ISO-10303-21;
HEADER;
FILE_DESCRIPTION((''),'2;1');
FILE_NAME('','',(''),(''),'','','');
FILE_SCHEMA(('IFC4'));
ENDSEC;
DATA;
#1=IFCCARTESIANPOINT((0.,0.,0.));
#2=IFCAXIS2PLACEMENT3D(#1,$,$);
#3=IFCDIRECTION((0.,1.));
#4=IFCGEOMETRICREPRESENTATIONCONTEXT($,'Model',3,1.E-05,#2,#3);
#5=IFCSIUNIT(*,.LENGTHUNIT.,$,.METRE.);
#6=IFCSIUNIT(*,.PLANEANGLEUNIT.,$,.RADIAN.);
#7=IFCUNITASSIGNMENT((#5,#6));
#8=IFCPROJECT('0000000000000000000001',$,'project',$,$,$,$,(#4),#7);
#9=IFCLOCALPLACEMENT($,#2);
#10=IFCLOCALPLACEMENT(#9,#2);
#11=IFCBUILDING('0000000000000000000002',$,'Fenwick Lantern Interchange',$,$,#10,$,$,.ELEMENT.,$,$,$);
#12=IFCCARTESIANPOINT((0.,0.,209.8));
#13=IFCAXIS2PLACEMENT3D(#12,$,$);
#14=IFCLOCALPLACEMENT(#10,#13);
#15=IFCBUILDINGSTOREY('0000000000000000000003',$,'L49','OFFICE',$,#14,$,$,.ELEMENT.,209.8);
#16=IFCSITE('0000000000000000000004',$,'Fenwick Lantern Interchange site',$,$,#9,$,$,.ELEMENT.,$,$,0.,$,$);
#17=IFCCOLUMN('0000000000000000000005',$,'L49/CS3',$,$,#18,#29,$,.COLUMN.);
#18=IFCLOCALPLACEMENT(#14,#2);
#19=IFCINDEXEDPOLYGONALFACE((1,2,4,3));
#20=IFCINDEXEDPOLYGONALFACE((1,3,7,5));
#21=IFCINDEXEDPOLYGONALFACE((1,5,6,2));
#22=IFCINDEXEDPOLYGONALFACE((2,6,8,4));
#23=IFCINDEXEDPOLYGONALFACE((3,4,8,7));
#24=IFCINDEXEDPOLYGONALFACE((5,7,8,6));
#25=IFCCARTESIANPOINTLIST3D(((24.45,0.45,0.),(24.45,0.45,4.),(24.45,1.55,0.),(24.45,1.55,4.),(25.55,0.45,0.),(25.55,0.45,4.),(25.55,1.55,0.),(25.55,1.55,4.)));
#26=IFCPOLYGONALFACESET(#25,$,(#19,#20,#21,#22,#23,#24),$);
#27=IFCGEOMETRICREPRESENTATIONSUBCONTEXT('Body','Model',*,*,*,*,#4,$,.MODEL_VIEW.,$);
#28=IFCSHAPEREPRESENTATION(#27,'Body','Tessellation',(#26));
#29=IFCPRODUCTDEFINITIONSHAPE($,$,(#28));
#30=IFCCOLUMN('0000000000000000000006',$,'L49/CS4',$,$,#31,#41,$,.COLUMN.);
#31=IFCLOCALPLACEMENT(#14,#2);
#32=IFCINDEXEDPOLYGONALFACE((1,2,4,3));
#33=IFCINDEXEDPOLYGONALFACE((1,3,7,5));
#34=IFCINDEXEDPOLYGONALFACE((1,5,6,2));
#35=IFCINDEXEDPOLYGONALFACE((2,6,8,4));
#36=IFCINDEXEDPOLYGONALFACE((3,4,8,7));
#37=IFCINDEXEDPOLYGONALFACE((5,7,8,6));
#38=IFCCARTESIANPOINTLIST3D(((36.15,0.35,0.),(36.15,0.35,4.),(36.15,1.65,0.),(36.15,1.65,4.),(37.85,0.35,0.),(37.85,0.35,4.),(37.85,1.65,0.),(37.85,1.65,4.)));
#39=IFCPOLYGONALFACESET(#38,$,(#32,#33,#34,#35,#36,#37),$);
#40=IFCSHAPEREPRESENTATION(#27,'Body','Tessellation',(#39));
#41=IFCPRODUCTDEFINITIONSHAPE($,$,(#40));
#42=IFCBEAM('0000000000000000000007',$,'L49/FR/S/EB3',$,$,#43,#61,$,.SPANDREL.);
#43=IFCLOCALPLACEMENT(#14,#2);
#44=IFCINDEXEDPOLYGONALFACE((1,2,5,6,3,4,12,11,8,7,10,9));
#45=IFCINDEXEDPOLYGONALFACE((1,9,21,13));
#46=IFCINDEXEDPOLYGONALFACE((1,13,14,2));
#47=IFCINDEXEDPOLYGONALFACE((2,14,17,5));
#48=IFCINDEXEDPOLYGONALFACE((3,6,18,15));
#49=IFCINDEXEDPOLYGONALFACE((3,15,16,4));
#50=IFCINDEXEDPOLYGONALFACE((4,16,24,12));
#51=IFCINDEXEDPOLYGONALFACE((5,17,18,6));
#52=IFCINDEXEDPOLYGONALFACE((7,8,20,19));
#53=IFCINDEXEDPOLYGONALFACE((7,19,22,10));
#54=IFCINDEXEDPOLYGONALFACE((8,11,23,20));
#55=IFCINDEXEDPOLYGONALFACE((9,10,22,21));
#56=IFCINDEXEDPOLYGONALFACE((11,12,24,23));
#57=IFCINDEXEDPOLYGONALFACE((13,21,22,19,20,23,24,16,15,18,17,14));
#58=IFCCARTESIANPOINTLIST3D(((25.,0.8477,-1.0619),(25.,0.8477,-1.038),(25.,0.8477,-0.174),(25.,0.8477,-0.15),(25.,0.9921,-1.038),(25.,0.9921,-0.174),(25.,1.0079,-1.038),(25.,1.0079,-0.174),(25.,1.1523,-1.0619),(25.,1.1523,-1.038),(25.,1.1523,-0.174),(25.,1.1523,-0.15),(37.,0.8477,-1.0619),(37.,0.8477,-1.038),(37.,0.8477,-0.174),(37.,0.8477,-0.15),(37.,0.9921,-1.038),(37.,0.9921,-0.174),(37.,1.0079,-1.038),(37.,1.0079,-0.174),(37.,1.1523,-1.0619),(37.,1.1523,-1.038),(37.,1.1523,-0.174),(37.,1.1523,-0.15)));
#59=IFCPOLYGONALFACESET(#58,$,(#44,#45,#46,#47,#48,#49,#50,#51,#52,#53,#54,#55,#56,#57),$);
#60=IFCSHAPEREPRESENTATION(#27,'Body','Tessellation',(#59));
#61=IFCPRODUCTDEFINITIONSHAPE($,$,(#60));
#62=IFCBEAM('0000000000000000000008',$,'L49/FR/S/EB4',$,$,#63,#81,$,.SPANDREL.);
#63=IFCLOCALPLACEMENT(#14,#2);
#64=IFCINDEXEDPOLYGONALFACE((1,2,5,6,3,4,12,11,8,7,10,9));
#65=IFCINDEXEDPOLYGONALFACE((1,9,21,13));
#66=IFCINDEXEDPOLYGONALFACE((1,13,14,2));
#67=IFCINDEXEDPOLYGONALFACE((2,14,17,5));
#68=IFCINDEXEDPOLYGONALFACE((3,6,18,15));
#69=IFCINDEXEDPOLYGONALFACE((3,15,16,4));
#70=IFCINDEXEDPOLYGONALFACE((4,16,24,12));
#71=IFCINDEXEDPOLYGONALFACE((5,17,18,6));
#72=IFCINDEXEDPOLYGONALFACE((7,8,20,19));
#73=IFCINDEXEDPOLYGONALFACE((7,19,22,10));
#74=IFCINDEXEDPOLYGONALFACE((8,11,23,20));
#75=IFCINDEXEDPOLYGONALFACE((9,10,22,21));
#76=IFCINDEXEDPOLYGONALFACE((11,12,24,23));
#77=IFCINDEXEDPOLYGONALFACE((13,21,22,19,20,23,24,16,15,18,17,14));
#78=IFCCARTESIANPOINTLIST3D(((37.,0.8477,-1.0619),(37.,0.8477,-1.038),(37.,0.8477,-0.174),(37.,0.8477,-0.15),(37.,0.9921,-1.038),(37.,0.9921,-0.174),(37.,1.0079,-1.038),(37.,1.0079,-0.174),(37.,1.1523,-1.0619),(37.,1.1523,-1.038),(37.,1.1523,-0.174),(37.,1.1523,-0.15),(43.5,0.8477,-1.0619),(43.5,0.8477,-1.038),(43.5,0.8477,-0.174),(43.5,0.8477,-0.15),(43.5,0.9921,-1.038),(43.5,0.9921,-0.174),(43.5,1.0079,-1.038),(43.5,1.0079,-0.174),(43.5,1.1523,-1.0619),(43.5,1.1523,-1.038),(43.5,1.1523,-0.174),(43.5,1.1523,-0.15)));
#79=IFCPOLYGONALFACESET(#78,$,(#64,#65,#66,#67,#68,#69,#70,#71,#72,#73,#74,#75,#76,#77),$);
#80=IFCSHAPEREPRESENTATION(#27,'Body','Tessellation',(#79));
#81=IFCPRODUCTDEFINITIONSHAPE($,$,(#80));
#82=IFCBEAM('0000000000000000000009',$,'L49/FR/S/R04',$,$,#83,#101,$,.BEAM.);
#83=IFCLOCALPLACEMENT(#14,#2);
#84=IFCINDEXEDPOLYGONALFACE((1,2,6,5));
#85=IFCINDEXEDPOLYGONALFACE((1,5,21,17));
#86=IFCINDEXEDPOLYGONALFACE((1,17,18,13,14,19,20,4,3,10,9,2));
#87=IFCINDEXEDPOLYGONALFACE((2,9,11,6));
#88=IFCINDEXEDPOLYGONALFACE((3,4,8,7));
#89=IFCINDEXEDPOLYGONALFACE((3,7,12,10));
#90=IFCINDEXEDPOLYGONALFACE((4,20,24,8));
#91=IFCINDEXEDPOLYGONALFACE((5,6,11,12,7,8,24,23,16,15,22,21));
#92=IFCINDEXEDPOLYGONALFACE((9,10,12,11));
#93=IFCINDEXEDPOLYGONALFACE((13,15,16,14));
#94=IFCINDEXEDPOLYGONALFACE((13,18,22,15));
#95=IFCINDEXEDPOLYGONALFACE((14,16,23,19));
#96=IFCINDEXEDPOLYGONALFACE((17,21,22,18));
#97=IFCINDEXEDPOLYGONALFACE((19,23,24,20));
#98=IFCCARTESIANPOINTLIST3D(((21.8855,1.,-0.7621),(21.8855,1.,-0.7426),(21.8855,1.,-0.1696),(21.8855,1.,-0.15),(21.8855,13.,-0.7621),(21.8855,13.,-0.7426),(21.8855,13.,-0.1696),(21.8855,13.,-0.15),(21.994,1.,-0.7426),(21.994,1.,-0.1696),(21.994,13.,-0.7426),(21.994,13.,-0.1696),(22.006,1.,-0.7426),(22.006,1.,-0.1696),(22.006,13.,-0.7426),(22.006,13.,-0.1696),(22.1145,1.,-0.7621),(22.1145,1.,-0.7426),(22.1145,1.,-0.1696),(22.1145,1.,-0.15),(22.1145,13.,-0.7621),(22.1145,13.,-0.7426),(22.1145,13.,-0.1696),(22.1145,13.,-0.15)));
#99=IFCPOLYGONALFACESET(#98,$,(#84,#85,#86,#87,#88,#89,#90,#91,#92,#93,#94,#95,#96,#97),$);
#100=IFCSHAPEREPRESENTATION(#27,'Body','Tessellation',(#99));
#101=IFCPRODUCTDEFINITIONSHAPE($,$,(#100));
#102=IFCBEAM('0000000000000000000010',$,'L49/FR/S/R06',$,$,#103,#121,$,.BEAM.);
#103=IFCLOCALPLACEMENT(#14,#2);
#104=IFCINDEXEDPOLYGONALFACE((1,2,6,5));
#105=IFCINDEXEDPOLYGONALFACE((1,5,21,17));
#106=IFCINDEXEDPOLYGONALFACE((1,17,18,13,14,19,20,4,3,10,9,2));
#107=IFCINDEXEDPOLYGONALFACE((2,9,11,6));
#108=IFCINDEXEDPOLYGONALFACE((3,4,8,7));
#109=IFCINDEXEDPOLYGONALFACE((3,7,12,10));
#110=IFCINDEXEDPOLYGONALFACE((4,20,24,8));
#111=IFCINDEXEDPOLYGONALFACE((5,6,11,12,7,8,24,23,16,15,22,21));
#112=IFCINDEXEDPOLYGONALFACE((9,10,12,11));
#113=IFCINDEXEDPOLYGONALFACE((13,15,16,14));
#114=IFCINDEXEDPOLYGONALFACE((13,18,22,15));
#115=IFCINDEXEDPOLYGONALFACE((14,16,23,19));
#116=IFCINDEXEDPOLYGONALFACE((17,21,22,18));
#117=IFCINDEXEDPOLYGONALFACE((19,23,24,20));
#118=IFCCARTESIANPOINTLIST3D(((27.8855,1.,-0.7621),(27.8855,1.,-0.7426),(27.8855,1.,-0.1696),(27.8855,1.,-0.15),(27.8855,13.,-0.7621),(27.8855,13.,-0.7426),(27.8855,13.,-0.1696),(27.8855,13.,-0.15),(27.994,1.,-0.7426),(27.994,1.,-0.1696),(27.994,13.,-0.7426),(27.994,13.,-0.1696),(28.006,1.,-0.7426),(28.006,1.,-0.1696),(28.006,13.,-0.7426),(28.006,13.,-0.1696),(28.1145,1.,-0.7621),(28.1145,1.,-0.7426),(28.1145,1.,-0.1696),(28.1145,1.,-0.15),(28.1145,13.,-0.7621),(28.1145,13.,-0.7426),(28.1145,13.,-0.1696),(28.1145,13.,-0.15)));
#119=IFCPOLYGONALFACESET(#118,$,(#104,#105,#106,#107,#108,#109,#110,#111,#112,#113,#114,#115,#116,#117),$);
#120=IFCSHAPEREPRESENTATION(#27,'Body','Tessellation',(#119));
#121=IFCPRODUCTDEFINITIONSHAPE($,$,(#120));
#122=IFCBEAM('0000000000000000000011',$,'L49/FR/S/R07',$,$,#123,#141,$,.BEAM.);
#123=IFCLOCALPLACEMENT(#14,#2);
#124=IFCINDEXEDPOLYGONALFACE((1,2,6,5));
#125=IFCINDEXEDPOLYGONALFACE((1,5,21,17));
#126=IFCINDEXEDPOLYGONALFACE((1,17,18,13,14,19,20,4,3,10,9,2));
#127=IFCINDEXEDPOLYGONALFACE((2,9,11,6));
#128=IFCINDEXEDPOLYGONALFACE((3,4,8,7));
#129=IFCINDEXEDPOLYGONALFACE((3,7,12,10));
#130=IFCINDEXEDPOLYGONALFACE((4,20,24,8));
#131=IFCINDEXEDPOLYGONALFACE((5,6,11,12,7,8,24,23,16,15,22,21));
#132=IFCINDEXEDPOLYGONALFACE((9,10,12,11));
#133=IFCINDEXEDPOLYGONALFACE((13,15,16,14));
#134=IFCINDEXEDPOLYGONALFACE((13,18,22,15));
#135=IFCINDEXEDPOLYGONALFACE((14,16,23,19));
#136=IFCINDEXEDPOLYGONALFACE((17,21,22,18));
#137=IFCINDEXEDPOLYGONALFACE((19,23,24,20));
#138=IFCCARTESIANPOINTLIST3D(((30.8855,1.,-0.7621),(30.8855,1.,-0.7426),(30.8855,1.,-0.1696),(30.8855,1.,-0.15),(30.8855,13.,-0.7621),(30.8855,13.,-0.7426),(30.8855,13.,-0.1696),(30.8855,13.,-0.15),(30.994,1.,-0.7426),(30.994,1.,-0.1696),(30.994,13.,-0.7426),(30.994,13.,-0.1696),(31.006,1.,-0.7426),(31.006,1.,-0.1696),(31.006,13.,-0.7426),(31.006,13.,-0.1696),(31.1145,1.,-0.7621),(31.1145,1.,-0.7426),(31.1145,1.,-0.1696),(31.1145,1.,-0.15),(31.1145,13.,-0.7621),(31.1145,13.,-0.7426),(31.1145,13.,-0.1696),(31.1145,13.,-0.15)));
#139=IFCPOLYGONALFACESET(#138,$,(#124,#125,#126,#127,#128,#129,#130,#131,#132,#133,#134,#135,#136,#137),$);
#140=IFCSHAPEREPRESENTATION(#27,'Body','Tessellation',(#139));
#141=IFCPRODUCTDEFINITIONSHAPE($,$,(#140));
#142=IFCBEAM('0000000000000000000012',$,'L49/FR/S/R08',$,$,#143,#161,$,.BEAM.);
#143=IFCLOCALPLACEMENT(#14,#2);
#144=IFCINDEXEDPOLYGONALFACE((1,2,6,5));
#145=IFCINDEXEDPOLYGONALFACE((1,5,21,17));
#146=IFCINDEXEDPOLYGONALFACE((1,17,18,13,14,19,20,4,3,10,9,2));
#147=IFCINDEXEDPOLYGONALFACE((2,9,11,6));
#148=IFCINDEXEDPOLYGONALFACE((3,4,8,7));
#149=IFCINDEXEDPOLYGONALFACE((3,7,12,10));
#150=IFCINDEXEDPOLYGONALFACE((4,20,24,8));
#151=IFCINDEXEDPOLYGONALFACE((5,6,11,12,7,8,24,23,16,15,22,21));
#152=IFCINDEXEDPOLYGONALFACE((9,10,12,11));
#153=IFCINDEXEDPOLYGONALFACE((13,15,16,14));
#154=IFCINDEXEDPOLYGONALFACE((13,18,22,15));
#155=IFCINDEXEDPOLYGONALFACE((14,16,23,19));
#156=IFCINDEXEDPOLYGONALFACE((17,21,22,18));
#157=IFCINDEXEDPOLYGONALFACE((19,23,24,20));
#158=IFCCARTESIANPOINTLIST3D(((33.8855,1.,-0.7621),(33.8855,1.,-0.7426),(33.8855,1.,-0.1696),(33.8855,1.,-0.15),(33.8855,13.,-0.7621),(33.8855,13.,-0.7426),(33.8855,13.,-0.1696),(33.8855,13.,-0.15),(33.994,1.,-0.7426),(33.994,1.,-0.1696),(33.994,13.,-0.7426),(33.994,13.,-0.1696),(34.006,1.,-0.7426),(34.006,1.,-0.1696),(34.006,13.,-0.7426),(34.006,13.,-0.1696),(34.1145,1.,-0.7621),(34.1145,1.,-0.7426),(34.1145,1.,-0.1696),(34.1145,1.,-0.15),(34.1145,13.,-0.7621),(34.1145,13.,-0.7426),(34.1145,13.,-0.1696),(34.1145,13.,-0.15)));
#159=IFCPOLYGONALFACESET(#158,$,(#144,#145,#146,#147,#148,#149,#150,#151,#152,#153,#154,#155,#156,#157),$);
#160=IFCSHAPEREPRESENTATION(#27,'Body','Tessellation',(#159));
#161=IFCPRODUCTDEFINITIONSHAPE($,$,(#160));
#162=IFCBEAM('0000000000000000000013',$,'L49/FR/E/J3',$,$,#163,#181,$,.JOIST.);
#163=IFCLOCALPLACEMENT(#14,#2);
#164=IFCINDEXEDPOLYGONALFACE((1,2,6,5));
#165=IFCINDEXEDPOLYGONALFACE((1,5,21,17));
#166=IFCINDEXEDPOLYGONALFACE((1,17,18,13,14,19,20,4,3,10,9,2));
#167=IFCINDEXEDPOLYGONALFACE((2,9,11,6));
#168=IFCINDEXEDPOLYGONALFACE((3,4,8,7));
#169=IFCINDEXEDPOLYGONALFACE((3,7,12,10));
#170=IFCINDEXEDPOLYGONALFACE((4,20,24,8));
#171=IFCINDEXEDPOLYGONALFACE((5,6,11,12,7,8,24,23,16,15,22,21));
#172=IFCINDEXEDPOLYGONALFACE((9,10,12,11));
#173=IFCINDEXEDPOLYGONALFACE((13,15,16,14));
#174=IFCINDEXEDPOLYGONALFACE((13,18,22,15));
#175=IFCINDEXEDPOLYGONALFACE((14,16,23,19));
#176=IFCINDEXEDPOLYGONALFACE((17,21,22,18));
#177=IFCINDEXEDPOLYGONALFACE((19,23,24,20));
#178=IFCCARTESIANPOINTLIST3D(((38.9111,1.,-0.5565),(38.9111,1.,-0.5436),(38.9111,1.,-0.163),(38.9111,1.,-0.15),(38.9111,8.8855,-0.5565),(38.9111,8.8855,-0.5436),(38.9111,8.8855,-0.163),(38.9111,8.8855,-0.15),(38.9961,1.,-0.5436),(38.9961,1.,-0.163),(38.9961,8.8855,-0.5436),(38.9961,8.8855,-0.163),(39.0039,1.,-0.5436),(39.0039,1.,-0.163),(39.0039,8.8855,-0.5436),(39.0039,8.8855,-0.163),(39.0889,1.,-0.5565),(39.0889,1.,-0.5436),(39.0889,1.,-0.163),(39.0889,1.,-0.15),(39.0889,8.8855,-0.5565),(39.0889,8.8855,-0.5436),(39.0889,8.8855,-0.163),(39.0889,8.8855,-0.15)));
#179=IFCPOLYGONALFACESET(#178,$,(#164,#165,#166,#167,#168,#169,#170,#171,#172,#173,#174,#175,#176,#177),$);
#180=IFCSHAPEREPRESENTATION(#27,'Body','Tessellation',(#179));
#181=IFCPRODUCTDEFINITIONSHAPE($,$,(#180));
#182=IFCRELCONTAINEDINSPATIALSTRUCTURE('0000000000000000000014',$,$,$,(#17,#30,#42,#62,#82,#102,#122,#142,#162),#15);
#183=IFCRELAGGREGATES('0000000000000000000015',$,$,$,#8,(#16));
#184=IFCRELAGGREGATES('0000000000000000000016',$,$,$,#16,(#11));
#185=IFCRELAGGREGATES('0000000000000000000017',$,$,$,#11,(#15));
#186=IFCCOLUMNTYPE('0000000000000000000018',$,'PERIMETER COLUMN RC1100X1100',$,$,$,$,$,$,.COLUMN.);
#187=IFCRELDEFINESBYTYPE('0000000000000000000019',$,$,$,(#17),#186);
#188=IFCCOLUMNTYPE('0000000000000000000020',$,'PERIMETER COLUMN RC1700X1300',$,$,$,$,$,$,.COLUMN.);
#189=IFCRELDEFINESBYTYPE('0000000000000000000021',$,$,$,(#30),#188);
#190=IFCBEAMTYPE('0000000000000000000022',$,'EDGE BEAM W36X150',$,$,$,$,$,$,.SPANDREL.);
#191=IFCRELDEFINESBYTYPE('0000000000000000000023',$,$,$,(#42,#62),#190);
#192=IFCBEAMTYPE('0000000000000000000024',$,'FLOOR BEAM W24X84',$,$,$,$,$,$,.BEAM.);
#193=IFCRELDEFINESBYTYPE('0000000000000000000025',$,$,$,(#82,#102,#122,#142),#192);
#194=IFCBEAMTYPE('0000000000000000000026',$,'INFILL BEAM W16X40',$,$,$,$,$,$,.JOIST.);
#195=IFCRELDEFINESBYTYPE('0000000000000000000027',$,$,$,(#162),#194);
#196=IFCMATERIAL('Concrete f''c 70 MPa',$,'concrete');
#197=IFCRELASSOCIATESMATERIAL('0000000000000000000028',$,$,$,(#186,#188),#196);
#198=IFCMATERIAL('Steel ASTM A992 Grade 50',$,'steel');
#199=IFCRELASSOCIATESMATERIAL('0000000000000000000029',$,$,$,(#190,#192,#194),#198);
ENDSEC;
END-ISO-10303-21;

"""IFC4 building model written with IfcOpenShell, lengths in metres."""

from ifc_helpers import new_model, si_unit, direction, frame, origin, origin_2d, place, context, subcontext, project, spatial, rectangle, i_section, extrude, material, material_profile, profile_set, type_object, element, save


model = new_model("IFC4")

# Units and contexts
model_context = context("Model", 3, precision=1e-05, world=origin(), true_north=direction((0.0, 1.0)))
body_context = subcontext(model_context, "Body", "Model", "MODEL_VIEW")
ifc_project = project(units=[si_unit("LENGTHUNIT", "METRE"), si_unit("PLANEANGLEUNIT", "RADIAN")], contexts=[model_context])

# Site, building, storey
site_placement = place(None, origin())
site = spatial("IfcSite", under=ifc_project, at=site_placement, Name="Fenwick Lantern Interchange site", CompositionType="ELEMENT", RefElevation=0.0)
building_placement = place(site_placement, origin())
building = spatial("IfcBuilding", under=site, at=building_placement, Name="Fenwick Lantern Interchange", CompositionType="ELEMENT")
storey_placement = place(building_placement, frame((0.0, 0.0, 209.8)))
storey = spatial("IfcBuildingStorey", under=building, at=storey_placement, Name="L49", Description="OFFICE", CompositionType="ELEMENT", Elevation=209.8)

# Columns
ifc_material_1 = material(Name="Concrete f'c 70 MPa", Category="concrete")
ifc_material_profile_1 = material_profile(ifc_material_1, rectangle(XDim=1.1001, YDim=1.1001, at=origin_2d()), Name="RC1100X1100")
ifc_profile_set_1 = profile_set([ifc_material_profile_1], Name="Concrete f'c 70 MPa")
column_type_1 = type_object("IfcColumnType", Name="PERIMETER COLUMN RC1100X1100", PredefinedType="COLUMN", material=ifc_profile_set_1)
column_1_placement = place(storey_placement, frame((25.0, 1.0, 0.0), z_axis=(0.0, 0.0, 1.0), x_axis=(1.0, 0.0, 0.0)))
element("IfcColumn", 1, at=column_1_placement, inside=storey, type_object=column_type_1, Name="L49/CS3", PredefinedType="COLUMN", context=body_context, shape_type="SweptSolid", body=[
    extrude(rectangle(XDim=1.1001, YDim=1.1001, at=origin_2d()), origin(), (0.0, 0.0, 1.0), 4.0),
])
ifc_material_profile_2 = material_profile(ifc_material_1, rectangle(XDim=1.7, YDim=1.3, at=origin_2d()), Name="RC1700X1300")
ifc_profile_set_2 = profile_set([ifc_material_profile_2], Name="Concrete f'c 70 MPa")
column_type_2 = type_object("IfcColumnType", Name="PERIMETER COLUMN RC1700X1300", PredefinedType="COLUMN", material=ifc_profile_set_2)
column_2_placement = place(storey_placement, frame((37.0, 1.0, 0.0), z_axis=(0.0, 0.0, 1.0), x_axis=(1.0, 0.0, 0.0)))
element("IfcColumn", 2, at=column_2_placement, inside=storey, type_object=column_type_2, Name="L49/CS4", PredefinedType="COLUMN", context=body_context, shape_type="SweptSolid", body=[
    extrude(rectangle(XDim=1.7, YDim=1.3, at=origin_2d()), origin(), (0.0, 0.0, 1.0), 4.0),
])

# Beams
ifc_material_2 = material(Name="Steel ASTM A992 Grade 50", Category="steel")
ifc_material_profile_3 = material_profile(ifc_material_2, i_section(OverallWidth=0.3047, OverallDepth=0.9119, WebThickness=0.0159, FlangeThickness=0.0239, at=origin_2d()), Name="W36X150")
ifc_profile_set_3 = profile_set([ifc_material_profile_3], Name="Steel ASTM A992 Grade 50")
beam_type_1 = type_object("IfcBeamType", Name="EDGE BEAM W36X150", PredefinedType="SPANDREL", material=ifc_profile_set_3)
beam_1_placement = place(storey_placement, frame((25.0, 1.0, -0.606), z_axis=(1.0, 0.0, 0.0), x_axis=(0.0, 1.0, 0.0)))
element("IfcBeam", 3, at=beam_1_placement, inside=storey, type_object=beam_type_1, Name="L49/FR/S/EB3", PredefinedType="SPANDREL", context=body_context, shape_type="SweptSolid", body=[
    extrude(i_section(OverallWidth=0.3047, OverallDepth=0.9119, WebThickness=0.0159, FlangeThickness=0.0239, at=origin_2d()), origin(), (0.0, 0.0, 1.0), 12.0),
])
beam_2_placement = place(storey_placement, frame((37.0, 1.0, -0.606), z_axis=(1.0, 0.0, 0.0), x_axis=(0.0, 1.0, 0.0)))
element("IfcBeam", 4, at=beam_2_placement, inside=storey, type_object=beam_type_1, Name="L49/FR/S/EB4", PredefinedType="SPANDREL", context=body_context, shape_type="SweptSolid", body=[
    extrude(i_section(OverallWidth=0.3047, OverallDepth=0.9119, WebThickness=0.0159, FlangeThickness=0.0239, at=origin_2d()), origin(), (0.0, 0.0, 1.0), 6.5),
])
ifc_material_profile_4 = material_profile(ifc_material_2, i_section(OverallWidth=0.229, OverallDepth=0.6121, WebThickness=0.012, FlangeThickness=0.0195, at=origin_2d()), Name="W24X84")
ifc_profile_set_4 = profile_set([ifc_material_profile_4], Name="Steel ASTM A992 Grade 50")
beam_type_2 = type_object("IfcBeamType", Name="FLOOR BEAM W24X84", PredefinedType="BEAM", material=ifc_profile_set_4)
for number, where, z_axis, x_axis, name in (
    (5, (22.0, 1.0, -0.4561), (0.0, 1.0, 0.0), (-1.0, 0.0, 0.0), "L49/FR/S/R04"),
    (6, (28.0, 1.0, -0.4561), (0.0, 1.0, 0.0), (-1.0, 0.0, 0.0), "L49/FR/S/R06"),
    (7, (31.0, 1.0, -0.4561), (0.0, 1.0, 0.0), (-1.0, 0.0, 0.0), "L49/FR/S/R07"),
    (8, (34.0, 1.0, -0.4561), (0.0, 1.0, 0.0), (-1.0, 0.0, 0.0), "L49/FR/S/R08"),
):
    element("IfcBeam", number, at=place(storey_placement, frame(where, z_axis=z_axis, x_axis=x_axis)), inside=storey, type_object=beam_type_2, Name=name, PredefinedType="BEAM", context=body_context, shape_type="SweptSolid", body=[
        extrude(i_section(OverallWidth=0.229, OverallDepth=0.6121, WebThickness=0.012, FlangeThickness=0.0195, at=origin_2d()), origin(), (0.0, 0.0, 1.0), 12.0),
    ])
ifc_material_profile_5 = material_profile(ifc_material_2, i_section(OverallWidth=0.1777, OverallDepth=0.4065, WebThickness=0.0078, FlangeThickness=0.0129, at=origin_2d()), Name="W16X40")
ifc_profile_set_5 = profile_set([ifc_material_profile_5], Name="Steel ASTM A992 Grade 50")
beam_type_3 = type_object("IfcBeamType", Name="INFILL BEAM W16X40", PredefinedType="JOIST", material=ifc_profile_set_5)
beam_3_placement = place(storey_placement, frame((39.0, 1.0, -0.3533), z_axis=(0.0, 1.0, 0.0), x_axis=(-1.0, 0.0, 0.0)))
element("IfcBeam", 9, at=beam_3_placement, inside=storey, type_object=beam_type_3, Name="L49/FR/E/J3", PredefinedType="JOIST", context=body_context, shape_type="SweptSolid", body=[
    extrude(i_section(OverallWidth=0.1777, OverallDepth=0.4065, WebThickness=0.0078, FlangeThickness=0.0129, at=origin_2d()), origin(), (0.0, 0.0, 1.0), 7.8855),
])

save(model, "model.ifc")
